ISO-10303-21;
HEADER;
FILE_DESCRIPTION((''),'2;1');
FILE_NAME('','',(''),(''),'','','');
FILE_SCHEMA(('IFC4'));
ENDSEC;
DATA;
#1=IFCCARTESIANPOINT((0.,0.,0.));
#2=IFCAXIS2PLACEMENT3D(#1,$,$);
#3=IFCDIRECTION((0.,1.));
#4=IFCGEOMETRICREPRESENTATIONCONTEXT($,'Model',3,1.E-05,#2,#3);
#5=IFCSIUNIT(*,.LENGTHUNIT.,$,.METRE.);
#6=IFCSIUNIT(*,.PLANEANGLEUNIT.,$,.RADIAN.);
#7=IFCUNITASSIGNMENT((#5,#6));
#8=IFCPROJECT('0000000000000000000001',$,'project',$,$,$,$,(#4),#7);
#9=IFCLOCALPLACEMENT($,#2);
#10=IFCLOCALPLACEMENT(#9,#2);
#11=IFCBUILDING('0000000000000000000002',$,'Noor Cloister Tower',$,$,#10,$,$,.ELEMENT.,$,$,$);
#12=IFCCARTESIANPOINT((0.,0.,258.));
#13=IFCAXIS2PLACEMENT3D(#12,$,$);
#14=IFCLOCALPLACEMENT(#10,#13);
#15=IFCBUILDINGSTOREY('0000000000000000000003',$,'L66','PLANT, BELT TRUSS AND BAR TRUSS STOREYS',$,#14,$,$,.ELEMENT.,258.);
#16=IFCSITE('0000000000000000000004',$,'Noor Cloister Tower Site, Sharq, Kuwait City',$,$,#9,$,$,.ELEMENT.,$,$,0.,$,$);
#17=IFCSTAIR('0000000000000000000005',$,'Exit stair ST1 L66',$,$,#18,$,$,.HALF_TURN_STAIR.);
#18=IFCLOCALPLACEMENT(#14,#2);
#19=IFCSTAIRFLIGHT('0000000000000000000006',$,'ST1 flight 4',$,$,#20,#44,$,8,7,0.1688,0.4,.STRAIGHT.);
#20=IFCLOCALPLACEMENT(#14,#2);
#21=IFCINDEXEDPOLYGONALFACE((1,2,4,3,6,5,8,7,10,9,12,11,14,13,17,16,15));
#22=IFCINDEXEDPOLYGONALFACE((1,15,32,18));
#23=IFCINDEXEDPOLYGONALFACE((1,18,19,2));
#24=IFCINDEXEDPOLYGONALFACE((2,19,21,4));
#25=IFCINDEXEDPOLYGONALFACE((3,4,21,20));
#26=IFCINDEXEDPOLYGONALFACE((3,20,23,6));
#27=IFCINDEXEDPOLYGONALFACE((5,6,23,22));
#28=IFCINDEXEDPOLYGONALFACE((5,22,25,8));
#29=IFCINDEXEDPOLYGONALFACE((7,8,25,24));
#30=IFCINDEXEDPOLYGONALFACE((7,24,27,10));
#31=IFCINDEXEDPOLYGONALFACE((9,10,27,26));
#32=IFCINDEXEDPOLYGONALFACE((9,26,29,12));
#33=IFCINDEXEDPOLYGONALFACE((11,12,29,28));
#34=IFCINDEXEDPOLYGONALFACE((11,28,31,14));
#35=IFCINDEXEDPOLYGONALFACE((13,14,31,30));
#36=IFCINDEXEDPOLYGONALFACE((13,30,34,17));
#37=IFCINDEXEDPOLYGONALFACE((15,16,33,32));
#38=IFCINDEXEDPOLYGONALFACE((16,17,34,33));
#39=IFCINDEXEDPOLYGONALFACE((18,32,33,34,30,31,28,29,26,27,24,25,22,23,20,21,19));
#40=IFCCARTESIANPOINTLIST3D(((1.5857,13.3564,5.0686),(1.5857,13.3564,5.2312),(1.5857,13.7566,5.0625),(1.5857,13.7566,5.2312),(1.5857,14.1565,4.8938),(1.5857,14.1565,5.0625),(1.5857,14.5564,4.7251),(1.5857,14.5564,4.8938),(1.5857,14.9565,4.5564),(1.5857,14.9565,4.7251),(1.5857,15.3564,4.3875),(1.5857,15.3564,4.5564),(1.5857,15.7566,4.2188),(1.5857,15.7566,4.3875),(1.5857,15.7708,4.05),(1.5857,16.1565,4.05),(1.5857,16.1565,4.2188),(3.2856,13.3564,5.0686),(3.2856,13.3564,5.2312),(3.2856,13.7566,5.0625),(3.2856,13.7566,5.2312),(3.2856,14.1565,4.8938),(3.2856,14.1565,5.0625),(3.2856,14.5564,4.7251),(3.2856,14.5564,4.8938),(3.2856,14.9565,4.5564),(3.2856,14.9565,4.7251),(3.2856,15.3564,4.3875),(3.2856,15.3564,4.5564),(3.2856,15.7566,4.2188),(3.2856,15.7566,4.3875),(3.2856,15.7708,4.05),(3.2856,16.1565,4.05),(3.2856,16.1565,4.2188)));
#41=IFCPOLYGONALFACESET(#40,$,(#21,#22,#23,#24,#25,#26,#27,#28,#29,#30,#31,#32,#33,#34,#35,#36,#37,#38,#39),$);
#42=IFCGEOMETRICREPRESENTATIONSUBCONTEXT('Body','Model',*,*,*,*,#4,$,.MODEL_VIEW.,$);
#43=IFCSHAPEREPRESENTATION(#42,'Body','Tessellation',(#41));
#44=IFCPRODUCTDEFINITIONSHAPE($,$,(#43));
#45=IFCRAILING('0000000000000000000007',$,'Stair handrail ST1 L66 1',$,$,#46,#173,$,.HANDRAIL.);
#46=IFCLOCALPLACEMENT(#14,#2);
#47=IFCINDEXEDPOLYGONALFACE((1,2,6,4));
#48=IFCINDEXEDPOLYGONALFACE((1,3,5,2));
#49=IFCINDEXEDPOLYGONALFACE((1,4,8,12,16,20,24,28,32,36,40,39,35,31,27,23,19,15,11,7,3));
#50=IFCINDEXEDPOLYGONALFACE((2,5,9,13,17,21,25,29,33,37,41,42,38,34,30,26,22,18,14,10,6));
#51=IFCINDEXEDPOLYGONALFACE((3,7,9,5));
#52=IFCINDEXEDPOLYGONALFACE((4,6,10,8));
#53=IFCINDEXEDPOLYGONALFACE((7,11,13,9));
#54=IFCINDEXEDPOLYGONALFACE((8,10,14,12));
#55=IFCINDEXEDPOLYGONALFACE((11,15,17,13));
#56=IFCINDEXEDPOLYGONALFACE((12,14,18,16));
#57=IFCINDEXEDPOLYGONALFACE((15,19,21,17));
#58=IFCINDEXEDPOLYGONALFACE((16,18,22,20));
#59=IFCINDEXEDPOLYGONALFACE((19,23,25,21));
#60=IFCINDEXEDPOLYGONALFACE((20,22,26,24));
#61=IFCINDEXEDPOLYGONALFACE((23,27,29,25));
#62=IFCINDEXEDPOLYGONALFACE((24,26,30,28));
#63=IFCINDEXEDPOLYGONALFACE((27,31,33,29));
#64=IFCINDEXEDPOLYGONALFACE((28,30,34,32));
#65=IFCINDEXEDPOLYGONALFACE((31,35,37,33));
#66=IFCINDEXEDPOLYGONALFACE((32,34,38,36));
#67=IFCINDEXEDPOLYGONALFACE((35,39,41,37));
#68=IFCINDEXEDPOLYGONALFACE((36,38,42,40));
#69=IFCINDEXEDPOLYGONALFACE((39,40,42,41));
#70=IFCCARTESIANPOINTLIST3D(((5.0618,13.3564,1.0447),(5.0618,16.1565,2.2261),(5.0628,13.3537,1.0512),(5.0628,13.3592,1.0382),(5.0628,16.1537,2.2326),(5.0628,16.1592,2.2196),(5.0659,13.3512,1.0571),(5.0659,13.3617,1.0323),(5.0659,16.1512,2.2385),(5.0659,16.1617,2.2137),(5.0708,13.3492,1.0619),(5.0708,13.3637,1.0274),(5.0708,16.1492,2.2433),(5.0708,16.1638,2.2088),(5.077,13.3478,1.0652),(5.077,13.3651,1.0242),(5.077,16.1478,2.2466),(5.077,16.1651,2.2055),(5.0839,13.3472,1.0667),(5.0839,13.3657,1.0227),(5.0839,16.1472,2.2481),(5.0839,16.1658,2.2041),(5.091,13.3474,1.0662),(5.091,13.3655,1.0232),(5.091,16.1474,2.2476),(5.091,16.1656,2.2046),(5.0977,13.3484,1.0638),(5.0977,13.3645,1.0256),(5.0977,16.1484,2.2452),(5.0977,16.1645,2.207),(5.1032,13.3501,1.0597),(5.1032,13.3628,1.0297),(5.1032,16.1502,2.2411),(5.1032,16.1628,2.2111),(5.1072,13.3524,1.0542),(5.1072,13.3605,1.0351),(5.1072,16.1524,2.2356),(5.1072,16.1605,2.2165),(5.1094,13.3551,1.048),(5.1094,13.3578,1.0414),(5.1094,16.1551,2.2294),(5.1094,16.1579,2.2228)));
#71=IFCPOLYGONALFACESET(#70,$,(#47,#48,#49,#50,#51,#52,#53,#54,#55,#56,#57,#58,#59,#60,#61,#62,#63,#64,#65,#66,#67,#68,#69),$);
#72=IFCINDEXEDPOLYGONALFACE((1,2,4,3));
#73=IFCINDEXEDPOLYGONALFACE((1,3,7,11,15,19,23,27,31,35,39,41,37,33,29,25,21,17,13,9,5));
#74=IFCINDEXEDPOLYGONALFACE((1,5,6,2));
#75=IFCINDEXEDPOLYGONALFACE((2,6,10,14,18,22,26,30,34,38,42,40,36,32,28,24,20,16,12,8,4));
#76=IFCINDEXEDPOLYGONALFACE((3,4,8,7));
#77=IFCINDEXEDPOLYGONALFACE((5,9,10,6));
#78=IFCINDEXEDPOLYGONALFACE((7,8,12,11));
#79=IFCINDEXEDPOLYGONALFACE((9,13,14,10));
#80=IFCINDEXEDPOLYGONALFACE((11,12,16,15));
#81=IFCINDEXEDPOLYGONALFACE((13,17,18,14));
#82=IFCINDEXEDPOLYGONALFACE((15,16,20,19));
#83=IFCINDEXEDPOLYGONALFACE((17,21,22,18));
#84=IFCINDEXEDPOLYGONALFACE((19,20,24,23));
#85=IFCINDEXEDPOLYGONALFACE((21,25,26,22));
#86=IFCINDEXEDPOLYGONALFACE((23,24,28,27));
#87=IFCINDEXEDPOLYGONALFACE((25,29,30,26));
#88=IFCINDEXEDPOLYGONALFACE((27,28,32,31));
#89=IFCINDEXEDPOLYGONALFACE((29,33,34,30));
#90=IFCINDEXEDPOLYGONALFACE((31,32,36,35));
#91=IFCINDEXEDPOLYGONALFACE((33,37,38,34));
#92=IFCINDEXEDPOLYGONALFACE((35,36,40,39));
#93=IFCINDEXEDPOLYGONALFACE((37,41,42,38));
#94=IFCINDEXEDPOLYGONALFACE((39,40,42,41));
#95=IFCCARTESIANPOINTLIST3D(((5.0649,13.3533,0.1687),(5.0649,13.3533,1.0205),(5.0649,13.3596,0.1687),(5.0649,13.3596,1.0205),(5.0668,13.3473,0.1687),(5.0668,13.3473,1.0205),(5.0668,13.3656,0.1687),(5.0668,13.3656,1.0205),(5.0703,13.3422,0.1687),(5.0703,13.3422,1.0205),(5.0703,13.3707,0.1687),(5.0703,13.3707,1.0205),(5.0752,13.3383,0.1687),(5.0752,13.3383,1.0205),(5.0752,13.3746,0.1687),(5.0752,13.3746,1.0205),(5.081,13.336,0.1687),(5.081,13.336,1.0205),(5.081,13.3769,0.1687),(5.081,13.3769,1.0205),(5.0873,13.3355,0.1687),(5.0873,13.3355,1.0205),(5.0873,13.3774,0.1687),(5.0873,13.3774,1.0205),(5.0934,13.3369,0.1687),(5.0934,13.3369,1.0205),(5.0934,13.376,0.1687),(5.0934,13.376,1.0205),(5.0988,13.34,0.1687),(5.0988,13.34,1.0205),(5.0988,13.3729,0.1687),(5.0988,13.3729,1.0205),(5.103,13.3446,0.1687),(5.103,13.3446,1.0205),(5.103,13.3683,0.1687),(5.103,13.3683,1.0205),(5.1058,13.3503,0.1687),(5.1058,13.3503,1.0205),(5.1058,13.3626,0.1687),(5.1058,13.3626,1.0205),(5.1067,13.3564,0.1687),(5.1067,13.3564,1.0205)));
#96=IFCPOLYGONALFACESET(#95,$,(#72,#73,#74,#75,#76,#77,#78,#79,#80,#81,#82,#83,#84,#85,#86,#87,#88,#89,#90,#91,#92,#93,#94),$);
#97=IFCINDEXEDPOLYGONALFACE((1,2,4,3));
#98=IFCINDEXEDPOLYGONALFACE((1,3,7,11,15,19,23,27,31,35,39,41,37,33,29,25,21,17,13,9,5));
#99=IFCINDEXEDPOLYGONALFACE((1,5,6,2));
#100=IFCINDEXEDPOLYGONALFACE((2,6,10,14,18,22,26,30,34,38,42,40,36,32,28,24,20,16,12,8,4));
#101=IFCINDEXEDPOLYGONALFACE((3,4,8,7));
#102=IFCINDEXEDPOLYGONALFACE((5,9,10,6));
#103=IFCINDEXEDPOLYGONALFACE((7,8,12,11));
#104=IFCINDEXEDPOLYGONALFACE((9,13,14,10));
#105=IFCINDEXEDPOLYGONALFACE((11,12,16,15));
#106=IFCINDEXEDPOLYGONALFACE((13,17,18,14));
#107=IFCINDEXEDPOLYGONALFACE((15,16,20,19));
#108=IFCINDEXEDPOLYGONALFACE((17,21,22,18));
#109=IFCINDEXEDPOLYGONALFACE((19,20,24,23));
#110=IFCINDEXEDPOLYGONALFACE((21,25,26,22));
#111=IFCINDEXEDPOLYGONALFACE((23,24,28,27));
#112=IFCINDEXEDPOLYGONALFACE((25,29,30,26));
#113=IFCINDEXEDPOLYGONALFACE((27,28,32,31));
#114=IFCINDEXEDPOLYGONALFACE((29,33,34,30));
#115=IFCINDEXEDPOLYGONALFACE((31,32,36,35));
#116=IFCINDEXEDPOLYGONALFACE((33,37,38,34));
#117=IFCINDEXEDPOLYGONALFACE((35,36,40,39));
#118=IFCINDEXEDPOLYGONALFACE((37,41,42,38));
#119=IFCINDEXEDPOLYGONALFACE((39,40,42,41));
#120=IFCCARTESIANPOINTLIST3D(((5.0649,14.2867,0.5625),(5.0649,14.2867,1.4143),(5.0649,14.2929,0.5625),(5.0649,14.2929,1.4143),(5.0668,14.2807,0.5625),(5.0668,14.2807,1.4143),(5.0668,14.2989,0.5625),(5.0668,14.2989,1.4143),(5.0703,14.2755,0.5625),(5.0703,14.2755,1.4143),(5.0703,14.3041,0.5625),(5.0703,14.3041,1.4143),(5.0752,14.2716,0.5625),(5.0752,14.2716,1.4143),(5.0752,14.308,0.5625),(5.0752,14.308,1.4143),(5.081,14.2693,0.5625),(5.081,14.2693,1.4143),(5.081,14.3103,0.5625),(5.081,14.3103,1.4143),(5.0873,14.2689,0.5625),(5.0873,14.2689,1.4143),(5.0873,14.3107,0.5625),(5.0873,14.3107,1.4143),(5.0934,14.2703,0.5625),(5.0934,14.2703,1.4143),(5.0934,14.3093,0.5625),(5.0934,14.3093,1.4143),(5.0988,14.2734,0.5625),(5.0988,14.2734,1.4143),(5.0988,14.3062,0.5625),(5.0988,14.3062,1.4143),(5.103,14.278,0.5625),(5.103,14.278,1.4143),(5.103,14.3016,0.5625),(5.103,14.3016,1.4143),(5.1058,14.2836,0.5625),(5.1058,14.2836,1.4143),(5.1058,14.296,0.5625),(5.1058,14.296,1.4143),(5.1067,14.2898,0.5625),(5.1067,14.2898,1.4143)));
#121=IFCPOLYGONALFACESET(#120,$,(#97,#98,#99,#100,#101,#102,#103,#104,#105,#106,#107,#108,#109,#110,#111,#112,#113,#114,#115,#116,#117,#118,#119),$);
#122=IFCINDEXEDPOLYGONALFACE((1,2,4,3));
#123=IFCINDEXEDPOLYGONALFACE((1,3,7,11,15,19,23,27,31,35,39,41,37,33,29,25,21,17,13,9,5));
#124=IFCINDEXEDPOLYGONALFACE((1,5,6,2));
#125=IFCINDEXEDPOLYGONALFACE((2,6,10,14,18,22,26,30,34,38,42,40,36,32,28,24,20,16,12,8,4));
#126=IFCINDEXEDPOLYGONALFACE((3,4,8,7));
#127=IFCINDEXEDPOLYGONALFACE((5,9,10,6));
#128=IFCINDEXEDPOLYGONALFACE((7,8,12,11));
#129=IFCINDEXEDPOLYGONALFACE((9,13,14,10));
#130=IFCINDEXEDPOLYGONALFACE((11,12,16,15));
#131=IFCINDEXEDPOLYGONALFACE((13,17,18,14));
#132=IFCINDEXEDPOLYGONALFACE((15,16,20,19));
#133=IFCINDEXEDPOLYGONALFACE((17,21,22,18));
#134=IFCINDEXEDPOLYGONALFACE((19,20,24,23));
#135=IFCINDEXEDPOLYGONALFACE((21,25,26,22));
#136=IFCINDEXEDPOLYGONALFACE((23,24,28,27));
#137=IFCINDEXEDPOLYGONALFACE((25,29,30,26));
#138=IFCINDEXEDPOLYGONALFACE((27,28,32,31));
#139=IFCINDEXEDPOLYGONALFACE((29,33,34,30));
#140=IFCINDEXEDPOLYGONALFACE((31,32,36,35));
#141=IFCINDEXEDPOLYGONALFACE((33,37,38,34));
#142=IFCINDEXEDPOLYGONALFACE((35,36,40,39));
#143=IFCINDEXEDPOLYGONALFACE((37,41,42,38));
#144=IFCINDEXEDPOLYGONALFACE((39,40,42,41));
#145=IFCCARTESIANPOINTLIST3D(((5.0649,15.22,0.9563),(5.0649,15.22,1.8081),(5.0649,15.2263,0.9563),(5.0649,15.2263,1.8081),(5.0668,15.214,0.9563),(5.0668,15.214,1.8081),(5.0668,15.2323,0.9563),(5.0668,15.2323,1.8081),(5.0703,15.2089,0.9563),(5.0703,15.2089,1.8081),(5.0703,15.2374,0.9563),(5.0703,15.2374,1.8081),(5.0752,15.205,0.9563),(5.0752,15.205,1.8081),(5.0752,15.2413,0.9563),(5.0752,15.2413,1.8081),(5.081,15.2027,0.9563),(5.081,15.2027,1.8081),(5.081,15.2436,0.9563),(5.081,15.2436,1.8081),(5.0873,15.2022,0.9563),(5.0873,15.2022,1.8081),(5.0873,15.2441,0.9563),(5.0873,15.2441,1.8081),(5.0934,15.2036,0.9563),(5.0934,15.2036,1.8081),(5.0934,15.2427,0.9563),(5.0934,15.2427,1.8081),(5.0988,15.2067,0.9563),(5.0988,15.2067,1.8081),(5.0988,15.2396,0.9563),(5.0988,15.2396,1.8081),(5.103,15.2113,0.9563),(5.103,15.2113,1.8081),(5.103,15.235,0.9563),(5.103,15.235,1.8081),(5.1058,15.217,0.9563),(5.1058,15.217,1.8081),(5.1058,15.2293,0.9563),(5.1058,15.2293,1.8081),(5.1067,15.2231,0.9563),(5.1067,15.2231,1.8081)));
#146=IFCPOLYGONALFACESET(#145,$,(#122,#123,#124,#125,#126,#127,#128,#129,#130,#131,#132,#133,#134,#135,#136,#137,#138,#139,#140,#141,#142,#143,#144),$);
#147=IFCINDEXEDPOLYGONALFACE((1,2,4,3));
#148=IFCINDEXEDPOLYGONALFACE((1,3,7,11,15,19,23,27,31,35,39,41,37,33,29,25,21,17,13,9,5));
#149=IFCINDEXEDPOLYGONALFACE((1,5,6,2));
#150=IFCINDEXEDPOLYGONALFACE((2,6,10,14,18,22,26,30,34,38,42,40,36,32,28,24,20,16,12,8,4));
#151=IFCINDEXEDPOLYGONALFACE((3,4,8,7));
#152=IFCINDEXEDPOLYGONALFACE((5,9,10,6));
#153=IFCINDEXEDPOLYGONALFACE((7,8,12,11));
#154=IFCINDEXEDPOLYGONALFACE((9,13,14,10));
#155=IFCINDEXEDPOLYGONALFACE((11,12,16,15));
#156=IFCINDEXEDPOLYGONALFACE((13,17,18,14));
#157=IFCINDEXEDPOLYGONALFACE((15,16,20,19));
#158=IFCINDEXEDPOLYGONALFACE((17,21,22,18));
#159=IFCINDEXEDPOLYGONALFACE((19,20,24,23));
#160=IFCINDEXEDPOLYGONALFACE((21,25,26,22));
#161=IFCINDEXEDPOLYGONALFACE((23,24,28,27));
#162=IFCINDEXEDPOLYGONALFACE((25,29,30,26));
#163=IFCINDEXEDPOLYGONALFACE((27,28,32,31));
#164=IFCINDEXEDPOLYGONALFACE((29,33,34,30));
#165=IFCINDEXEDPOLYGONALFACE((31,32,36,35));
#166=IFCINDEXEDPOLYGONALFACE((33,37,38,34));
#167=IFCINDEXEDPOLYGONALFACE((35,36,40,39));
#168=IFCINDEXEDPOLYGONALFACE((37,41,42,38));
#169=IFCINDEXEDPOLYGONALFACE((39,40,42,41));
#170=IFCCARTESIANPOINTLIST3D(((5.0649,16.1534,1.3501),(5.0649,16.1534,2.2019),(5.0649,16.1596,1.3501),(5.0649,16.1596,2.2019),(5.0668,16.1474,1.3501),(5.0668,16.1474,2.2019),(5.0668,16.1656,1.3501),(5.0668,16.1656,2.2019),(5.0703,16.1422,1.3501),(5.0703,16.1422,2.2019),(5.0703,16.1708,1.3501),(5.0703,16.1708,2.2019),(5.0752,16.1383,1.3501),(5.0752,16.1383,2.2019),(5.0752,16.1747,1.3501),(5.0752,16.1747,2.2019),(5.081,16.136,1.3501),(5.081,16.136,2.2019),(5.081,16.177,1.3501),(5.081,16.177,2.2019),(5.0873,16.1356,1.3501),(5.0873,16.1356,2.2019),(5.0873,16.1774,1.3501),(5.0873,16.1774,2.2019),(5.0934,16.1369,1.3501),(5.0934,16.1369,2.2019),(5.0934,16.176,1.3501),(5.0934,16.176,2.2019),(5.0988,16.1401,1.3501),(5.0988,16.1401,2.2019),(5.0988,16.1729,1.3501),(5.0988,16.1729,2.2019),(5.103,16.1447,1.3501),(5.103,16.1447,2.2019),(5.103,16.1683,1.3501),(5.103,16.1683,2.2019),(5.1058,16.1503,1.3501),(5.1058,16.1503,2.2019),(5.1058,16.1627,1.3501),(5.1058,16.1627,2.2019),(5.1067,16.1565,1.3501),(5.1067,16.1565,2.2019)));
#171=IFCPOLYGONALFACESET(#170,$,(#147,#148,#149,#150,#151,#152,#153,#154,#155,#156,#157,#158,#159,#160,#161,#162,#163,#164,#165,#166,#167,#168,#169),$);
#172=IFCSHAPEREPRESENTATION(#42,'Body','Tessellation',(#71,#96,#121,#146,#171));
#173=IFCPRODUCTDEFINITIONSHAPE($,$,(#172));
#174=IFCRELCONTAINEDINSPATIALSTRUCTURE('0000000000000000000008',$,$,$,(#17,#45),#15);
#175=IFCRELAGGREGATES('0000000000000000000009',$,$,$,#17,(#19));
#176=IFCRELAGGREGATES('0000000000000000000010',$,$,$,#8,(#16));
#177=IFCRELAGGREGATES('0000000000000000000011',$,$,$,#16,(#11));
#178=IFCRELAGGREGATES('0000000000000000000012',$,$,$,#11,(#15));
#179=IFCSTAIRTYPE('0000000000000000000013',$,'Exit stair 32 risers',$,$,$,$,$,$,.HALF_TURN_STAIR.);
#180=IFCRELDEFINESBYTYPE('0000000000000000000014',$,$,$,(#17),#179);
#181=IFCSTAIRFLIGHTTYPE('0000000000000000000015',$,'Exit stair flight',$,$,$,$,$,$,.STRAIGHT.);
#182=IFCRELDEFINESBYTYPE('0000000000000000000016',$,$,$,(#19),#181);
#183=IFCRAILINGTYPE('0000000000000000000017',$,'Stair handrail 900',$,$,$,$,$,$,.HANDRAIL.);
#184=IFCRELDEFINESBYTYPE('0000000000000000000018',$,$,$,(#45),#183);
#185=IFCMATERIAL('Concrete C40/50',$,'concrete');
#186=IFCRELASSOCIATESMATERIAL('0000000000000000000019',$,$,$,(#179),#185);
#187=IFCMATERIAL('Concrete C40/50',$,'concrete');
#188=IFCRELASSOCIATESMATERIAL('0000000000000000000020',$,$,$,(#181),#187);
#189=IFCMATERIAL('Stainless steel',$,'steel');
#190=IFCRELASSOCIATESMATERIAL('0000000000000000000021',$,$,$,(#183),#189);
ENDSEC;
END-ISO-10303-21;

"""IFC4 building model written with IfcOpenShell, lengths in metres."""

from ifc_helpers import new_model, si_unit, direction, frame, origin, origin_2d, place, context, subcontext, project, spatial, polyline, circle, outline, extrude, material, type_object, element, aggregate, save


model = new_model("IFC4")

# Units and contexts
model_context = context("Model", 3, precision=1e-05, world=origin(), true_north=direction((0.0, 1.0)))
body_context = subcontext(model_context, "Body", "Model", "MODEL_VIEW")
ifc_project = project(units=[si_unit("LENGTHUNIT", "METRE"), si_unit("PLANEANGLEUNIT", "RADIAN")], contexts=[model_context])

# Site, building, storey
site_placement = place(None, origin())
site = spatial("IfcSite", under=ifc_project, at=site_placement, Name="Noor Cloister Tower Site, Sharq, Kuwait City", CompositionType="ELEMENT", RefElevation=0.0)
building_placement = place(site_placement, origin())
building = spatial("IfcBuilding", under=site, at=building_placement, Name="Noor Cloister Tower", CompositionType="ELEMENT")
storey_placement = place(building_placement, frame((0.0, 0.0, 258.0)))
storey = spatial("IfcBuildingStorey", under=building, at=storey_placement, Name="L66", Description="PLANT, BELT TRUSS AND BAR TRUSS STOREYS", CompositionType="ELEMENT", Elevation=258.0)

# Stair, stair flight
ifc_material_1 = material(Name="Concrete C40/50", Category="concrete")
stair_type = type_object("IfcStairType", Name="Exit stair 32 risers", PredefinedType="HALF_TURN_STAIR", material=ifc_material_1)
stair_placement = place(storey_placement, origin())
stair = element("IfcStair", 1, at=stair_placement, inside=storey, type_object=stair_type, Name="Exit stair ST1 L66", PredefinedType="HALF_TURN_STAIR")
ifc_material_2 = material(Name="Concrete C40/50", Category="concrete")
stair_flight_type = type_object("IfcStairFlightType", Name="Exit stair flight", PredefinedType="STRAIGHT", material=ifc_material_2)
stair_flight_1_placement = place(storey_placement, frame((2.4355, 16.1565, 4.05), z_axis=(0.0, 0.0, 1.0), x_axis=(0.0, -1.0, 0.0)))
stair_flight_1 = element("IfcStairFlight", 2, at=stair_flight_1_placement, type_object=stair_flight_type, Name="ST1 flight 4", NumberOfRisers=8, NumberOfTreads=7, PredefinedType="STRAIGHT", RiserHeight=0.1688, TreadLength=0.4, context=body_context, shape_type="SweptSolid", body=[
    extrude(outline(polyline([(0.0, 0.0), (0.0, 0.1687), (0.3999, 0.1687), (0.3999, 0.3374), (0.8, 0.3374), (0.8, 0.5063), (1.2, 0.5063), (1.2, 0.675), (1.6001, 0.675), (1.6001, 0.8438), (2.0, 0.8438), (2.0, 1.0125), (2.3999, 1.0125), (2.3999, 1.1812), (2.8, 1.1812), (2.8, 1.3501), (2.8, 1.0186), (0.3857, 0.0), (0.0, 0.0)])), frame((0.0, 0.8501, 0.0), z_axis=(0.0, -1.0, 0.0), x_axis=(1.0, 0.0, 0.0)), (0.0, 0.0, 1.0), 1.7),
])
aggregate(stair, [stair_flight_1])

# Railing
ifc_material_3 = material(Name="Stainless steel", Category="steel")
railing_type_1 = type_object("IfcRailingType", Name="Stair handrail 900", PredefinedType="HANDRAIL", material=ifc_material_3)
railing_1_placement = place(storey_placement, frame((5.0857, 13.3564, 0.1687)))
element("IfcRailing", 3, at=railing_1_placement, inside=storey, type_object=railing_type_1, Name="Stair handrail ST1 L66 1", PredefinedType="HANDRAIL", context=body_context, shape_type="SweptSolid", body=[
    extrude(circle(Radius=0.0239, at=origin_2d()), frame((0.0, 0.0, 0.876), z_axis=(0.0, 0.921349, 0.388736), x_axis=(-1.0, 0.0, 0.0)), (0.0, 0.0, 1.0), 3.0391),
    extrude(circle(Radius=0.021, at=origin_2d()), origin(), (0.0, 0.0, 1.0), 0.8518),
    extrude(circle(Radius=0.021, at=origin_2d()), frame((0.0, 0.9333, 0.3938)), (0.0, 0.0, 1.0), 0.8518),
    extrude(circle(Radius=0.021, at=origin_2d()), frame((0.0, 1.8667, 0.7876)), (0.0, 0.0, 1.0), 0.8518),
    extrude(circle(Radius=0.021, at=origin_2d()), frame((0.0, 2.8, 1.1814)), (0.0, 0.0, 1.0), 0.8518),
])

save(model, "model.ifc")
